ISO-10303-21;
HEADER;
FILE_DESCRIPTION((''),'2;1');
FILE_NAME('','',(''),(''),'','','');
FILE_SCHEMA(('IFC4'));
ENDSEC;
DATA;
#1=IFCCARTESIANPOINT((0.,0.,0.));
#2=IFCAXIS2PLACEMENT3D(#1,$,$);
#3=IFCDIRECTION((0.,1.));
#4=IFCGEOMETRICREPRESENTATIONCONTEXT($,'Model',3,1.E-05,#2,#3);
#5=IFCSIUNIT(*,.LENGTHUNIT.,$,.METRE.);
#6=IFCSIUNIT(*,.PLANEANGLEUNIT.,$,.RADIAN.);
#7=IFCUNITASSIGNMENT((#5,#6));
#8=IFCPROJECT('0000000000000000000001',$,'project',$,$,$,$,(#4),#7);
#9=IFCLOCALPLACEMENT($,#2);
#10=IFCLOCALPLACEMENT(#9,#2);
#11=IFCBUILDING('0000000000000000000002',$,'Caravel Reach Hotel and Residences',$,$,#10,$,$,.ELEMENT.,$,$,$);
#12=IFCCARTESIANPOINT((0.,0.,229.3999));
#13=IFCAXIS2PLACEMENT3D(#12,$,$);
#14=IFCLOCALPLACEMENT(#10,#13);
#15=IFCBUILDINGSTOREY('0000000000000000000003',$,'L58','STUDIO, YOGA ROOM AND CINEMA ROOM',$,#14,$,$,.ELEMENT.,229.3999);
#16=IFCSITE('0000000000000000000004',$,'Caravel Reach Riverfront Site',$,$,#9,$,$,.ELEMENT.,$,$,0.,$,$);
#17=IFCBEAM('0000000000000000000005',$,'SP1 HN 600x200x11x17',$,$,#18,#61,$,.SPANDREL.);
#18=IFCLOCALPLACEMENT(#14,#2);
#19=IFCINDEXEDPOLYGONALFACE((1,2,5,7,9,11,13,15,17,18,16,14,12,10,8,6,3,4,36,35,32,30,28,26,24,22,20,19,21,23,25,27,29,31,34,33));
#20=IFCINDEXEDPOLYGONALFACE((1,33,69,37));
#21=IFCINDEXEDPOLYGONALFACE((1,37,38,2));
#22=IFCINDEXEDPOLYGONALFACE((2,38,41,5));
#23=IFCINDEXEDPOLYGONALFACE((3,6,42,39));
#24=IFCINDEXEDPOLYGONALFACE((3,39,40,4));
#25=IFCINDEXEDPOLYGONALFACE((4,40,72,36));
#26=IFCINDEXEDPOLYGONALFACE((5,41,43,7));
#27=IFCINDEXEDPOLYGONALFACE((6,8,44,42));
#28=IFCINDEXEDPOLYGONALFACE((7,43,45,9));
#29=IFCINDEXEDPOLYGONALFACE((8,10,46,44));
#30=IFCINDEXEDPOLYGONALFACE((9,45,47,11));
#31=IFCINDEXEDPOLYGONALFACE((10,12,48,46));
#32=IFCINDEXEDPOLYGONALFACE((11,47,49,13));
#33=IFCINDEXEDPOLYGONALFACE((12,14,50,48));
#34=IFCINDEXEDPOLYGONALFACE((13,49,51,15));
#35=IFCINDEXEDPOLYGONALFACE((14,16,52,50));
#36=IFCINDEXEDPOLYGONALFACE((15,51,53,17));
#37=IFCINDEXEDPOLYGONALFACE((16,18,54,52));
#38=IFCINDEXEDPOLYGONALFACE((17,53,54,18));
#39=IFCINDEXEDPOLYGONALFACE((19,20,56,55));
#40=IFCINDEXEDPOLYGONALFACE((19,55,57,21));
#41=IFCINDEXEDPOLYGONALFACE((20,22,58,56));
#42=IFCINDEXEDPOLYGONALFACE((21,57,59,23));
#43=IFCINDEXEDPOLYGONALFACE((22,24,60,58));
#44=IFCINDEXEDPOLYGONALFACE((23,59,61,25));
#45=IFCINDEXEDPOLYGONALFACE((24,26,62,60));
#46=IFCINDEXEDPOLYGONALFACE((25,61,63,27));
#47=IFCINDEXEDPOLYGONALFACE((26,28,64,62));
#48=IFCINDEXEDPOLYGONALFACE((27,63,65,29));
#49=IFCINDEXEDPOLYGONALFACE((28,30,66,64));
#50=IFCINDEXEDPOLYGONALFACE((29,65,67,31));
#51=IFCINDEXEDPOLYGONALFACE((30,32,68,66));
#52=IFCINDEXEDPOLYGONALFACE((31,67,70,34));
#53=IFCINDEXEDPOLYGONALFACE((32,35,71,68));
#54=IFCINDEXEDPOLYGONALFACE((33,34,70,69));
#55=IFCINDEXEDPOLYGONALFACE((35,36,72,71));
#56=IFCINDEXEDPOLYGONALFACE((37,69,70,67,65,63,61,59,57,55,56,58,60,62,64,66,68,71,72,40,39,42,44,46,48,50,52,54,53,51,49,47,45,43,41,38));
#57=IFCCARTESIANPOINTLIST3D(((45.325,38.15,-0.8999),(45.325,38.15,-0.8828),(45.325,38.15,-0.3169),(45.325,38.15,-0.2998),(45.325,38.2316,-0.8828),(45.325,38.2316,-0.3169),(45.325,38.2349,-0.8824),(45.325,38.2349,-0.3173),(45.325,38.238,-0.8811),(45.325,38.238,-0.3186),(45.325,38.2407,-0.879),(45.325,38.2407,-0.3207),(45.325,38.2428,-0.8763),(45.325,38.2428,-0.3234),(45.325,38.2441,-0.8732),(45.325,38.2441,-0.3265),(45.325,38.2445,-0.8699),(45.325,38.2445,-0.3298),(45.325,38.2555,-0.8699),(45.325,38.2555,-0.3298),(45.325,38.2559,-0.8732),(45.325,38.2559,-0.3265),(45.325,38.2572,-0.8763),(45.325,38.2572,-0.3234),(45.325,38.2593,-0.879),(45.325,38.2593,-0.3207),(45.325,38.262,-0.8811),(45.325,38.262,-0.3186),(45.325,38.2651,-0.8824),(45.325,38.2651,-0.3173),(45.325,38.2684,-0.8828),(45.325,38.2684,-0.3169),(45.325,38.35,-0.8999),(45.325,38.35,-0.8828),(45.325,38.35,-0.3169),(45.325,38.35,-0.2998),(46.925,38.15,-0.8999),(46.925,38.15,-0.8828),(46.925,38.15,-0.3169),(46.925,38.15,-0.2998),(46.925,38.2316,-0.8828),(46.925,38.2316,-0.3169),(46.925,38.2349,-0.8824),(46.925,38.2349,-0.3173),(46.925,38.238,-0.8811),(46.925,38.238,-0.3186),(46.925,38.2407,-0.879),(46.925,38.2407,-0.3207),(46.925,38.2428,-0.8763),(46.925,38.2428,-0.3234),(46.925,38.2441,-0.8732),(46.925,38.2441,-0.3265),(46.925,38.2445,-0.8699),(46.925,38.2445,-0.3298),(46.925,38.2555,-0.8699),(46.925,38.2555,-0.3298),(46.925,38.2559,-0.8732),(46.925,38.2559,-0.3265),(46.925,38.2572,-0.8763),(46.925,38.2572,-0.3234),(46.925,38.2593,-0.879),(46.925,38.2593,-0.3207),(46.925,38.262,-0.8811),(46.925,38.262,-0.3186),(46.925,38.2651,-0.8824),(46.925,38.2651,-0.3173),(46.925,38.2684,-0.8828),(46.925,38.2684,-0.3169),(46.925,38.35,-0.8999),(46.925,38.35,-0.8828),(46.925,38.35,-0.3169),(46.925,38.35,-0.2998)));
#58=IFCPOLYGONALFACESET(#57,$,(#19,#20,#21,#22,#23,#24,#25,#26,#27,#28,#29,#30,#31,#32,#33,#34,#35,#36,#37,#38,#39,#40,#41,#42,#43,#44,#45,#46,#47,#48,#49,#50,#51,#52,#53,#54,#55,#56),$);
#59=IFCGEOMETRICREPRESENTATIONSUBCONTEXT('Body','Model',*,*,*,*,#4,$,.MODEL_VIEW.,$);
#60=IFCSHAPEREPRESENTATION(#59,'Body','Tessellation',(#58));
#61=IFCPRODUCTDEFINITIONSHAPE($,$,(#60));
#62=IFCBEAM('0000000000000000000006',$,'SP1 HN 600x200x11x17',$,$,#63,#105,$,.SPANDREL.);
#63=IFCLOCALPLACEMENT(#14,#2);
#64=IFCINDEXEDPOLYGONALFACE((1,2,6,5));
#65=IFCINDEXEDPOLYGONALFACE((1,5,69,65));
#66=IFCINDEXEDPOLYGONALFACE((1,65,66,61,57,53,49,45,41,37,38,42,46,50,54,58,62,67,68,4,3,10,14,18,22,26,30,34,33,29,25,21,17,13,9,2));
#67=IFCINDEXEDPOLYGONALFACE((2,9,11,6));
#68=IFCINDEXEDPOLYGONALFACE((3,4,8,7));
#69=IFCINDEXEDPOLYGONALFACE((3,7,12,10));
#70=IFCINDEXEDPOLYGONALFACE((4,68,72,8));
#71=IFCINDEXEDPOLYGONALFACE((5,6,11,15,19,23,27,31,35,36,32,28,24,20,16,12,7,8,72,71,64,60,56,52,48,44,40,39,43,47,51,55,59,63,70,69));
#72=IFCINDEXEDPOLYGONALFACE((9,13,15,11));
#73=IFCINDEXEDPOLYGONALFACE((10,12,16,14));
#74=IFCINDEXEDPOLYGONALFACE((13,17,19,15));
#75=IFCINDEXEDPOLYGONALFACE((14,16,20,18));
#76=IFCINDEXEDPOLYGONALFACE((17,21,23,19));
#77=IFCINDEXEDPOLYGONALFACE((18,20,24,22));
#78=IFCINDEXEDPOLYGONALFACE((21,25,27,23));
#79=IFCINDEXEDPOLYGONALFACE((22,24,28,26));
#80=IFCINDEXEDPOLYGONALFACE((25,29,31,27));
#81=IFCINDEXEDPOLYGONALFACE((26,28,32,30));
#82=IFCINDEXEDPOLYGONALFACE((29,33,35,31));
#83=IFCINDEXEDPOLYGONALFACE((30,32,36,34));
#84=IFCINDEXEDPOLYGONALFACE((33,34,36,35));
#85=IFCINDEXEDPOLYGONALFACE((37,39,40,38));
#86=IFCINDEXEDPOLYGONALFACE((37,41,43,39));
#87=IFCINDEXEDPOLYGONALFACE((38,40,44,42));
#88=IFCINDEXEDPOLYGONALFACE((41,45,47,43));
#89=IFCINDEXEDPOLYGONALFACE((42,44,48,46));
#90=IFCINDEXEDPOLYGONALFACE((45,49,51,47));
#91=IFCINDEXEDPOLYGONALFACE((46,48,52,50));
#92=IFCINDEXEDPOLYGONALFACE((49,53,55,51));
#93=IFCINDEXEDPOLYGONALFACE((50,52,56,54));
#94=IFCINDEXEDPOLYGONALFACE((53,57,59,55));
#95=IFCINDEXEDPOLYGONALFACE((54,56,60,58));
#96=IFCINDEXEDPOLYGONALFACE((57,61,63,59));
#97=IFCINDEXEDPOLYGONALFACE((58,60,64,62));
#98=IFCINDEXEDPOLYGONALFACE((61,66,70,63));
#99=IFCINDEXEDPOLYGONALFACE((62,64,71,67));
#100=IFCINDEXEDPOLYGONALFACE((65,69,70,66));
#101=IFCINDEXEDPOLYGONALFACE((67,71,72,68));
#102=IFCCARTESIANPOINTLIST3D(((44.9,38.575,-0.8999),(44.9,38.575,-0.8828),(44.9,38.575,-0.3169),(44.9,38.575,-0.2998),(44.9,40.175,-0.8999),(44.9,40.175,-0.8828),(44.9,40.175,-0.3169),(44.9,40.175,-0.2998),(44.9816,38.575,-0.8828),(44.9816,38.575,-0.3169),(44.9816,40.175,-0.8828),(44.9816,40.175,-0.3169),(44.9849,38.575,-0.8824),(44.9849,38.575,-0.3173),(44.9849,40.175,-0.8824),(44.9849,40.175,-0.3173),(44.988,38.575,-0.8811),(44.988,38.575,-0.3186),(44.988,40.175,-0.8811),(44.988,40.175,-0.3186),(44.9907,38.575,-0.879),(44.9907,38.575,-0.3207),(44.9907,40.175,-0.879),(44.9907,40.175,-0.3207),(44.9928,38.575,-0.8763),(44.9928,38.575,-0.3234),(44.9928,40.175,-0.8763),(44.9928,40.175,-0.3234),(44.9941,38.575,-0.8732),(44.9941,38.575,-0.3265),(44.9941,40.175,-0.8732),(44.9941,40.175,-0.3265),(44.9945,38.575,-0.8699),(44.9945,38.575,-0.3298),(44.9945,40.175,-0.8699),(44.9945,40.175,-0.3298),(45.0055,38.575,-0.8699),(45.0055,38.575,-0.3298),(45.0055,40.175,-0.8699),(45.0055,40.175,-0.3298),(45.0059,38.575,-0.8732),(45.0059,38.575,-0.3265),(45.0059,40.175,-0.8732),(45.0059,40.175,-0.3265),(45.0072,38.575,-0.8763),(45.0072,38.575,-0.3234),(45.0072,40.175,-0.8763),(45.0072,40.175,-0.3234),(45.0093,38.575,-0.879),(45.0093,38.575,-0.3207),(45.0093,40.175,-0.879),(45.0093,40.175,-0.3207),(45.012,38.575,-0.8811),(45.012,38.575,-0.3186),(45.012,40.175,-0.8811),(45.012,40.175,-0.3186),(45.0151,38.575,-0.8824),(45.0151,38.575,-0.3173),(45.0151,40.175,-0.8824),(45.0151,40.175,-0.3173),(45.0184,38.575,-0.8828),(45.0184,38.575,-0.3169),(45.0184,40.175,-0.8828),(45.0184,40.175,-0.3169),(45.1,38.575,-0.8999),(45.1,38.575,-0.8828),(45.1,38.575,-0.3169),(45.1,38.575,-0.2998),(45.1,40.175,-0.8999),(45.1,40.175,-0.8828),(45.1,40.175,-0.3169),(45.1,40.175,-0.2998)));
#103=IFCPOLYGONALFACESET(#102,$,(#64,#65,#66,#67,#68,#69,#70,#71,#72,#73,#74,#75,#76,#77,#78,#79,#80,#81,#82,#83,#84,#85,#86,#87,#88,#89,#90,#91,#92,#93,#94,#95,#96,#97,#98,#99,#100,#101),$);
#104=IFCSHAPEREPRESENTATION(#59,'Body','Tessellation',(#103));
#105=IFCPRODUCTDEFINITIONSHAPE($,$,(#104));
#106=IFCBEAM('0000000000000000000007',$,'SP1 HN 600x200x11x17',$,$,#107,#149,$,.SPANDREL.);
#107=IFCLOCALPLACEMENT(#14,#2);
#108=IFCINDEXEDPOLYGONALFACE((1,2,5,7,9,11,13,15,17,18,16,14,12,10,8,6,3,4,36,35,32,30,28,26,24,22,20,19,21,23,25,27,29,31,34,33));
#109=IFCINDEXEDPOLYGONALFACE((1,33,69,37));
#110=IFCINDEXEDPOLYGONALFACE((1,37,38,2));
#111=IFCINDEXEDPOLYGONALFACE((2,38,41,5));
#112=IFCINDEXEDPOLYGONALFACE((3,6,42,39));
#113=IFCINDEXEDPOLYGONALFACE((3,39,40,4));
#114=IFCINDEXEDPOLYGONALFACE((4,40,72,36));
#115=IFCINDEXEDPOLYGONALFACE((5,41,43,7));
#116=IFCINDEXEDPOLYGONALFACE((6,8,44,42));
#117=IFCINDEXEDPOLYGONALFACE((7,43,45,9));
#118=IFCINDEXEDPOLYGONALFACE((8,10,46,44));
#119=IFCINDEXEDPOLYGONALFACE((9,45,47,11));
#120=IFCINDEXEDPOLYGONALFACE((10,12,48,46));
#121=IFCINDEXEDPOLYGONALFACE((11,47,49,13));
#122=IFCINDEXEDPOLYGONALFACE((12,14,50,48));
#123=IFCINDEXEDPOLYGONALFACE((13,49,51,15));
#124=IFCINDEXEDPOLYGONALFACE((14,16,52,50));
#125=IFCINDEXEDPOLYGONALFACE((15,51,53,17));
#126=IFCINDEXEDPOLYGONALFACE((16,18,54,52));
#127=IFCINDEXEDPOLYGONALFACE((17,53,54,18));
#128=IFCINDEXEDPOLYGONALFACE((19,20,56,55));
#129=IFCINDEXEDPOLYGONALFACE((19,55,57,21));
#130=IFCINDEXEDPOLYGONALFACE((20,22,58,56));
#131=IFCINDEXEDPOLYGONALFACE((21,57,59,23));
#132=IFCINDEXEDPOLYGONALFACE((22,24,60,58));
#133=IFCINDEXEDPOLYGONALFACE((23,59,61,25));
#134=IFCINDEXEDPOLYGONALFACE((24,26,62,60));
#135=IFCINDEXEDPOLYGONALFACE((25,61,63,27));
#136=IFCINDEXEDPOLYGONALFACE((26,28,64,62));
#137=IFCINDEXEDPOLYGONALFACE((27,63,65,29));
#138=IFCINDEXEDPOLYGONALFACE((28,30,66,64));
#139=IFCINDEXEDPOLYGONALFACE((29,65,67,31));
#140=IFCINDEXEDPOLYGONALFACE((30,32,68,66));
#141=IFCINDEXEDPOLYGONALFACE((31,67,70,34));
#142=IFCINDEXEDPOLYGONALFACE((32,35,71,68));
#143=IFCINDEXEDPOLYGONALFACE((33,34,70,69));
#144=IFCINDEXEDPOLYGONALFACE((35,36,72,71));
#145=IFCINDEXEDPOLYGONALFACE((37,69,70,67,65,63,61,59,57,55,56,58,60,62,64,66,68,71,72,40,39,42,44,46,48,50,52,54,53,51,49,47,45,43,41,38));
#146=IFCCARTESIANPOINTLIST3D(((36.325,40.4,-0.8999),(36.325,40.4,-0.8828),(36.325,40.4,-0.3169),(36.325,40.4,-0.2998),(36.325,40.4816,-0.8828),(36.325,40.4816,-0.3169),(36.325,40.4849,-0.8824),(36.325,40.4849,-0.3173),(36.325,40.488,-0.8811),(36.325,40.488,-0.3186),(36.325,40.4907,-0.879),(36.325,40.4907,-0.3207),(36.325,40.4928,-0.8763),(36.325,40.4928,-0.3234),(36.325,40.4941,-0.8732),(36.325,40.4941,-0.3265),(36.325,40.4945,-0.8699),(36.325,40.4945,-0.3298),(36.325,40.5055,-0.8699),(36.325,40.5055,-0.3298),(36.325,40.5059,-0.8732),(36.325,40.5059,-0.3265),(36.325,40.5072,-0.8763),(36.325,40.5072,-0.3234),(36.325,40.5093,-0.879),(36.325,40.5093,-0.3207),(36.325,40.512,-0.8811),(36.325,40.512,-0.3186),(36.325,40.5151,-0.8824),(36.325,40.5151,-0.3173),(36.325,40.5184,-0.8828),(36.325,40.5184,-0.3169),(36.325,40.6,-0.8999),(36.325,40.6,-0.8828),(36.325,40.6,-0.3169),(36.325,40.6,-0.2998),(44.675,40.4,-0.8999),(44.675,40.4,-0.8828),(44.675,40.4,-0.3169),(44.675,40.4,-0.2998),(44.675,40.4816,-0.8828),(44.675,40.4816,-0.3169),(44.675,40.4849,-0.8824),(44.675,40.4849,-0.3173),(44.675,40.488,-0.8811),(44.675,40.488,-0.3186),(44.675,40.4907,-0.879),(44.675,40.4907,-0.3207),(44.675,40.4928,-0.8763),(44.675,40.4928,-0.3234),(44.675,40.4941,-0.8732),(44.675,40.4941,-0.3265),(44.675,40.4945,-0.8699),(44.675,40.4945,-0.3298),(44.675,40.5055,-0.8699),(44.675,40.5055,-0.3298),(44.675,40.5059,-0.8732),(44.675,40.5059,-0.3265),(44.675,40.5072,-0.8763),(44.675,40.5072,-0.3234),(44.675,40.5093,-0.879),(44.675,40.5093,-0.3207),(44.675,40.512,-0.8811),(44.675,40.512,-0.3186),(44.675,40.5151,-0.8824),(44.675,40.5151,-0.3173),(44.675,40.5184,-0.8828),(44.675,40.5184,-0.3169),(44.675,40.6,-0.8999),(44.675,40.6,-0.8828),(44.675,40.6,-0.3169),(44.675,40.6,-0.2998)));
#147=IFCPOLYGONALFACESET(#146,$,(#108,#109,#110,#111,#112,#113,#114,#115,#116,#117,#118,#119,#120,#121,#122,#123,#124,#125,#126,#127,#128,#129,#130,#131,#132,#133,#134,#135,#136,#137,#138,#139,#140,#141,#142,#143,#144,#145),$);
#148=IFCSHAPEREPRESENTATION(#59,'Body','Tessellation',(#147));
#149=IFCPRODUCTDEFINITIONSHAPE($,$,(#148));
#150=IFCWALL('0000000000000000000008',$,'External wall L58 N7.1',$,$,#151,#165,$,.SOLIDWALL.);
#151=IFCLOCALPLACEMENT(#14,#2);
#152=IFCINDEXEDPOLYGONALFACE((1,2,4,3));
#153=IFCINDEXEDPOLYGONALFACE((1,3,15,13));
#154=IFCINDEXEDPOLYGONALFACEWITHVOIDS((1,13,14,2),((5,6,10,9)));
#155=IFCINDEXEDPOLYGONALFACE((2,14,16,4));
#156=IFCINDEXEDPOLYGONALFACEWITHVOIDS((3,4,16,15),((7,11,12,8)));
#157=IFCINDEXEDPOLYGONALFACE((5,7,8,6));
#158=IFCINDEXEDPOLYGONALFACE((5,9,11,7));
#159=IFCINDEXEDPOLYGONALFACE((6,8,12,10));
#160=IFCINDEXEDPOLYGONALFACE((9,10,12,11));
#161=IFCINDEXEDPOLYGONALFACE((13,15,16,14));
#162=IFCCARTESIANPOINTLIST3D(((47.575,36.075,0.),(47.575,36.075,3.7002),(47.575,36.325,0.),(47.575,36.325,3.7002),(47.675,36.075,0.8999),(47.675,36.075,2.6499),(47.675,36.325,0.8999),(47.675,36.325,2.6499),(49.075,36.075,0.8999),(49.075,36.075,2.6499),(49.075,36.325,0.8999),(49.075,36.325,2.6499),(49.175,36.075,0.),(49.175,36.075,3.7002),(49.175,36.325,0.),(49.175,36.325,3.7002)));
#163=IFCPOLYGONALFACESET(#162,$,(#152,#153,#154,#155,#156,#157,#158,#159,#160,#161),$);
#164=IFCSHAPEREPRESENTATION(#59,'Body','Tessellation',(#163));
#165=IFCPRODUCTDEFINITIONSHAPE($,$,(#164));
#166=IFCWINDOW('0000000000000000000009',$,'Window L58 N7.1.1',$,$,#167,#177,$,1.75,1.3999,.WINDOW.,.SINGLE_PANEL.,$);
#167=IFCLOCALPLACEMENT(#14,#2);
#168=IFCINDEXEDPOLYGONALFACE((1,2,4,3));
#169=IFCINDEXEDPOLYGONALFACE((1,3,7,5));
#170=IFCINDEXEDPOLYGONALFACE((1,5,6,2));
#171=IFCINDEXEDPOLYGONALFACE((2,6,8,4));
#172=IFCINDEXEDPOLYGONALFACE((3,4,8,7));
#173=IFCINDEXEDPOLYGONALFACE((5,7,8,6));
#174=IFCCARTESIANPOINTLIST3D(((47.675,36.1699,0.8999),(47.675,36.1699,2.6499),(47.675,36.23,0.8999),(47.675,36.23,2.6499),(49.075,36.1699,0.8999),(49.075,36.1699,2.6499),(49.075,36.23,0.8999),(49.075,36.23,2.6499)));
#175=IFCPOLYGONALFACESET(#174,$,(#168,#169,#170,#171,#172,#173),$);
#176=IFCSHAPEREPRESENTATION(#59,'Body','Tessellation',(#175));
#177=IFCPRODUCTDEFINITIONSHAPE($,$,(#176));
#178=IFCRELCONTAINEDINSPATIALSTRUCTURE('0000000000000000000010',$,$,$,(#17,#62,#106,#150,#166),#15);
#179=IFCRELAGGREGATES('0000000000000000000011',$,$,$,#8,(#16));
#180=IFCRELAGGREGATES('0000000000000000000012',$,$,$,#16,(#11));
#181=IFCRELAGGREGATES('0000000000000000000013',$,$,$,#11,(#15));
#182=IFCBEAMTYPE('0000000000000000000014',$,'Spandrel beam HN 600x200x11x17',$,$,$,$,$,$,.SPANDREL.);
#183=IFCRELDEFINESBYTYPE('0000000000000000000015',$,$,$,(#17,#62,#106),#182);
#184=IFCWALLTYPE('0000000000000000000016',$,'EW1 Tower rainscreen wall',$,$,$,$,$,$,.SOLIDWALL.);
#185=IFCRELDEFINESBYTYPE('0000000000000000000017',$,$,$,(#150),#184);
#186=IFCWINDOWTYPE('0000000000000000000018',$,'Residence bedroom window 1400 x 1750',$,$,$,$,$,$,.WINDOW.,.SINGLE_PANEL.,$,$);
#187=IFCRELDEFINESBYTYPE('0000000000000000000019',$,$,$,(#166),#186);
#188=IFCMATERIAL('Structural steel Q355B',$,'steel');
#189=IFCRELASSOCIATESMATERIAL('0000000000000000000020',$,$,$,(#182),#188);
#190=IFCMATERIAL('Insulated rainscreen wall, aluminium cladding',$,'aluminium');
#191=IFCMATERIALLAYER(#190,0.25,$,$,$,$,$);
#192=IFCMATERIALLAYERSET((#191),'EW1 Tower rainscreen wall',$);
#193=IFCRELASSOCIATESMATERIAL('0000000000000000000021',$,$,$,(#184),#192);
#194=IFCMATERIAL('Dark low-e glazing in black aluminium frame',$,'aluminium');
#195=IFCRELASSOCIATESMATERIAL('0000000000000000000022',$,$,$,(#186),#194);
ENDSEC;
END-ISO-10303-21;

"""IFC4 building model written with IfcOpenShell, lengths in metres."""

from ifc_helpers import new_model, si_unit, direction, frame, frame_2d, origin, origin_2d, place, context, subcontext, project, spatial, rectangle, i_section, extrude, material, layer, layer_set, material_profile, profile_set, type_object, element, fill, save


model = new_model("IFC4")

# Units and contexts
model_context = context("Model", 3, precision=1e-05, world=origin(), true_north=direction((0.0, 1.0)))
body_context = subcontext(model_context, "Body", "Model", "MODEL_VIEW")
ifc_project = project(units=[si_unit("LENGTHUNIT", "METRE"), si_unit("PLANEANGLEUNIT", "RADIAN")], contexts=[model_context])

# Site, building, storey
site_placement = place(None, origin())
site = spatial("IfcSite", under=ifc_project, at=site_placement, Name="Caravel Reach Riverfront Site", CompositionType="ELEMENT", RefElevation=0.0)
building_placement = place(site_placement, origin())
building = spatial("IfcBuilding", under=site, at=building_placement, Name="Caravel Reach Hotel and Residences", CompositionType="ELEMENT")
storey_placement = place(building_placement, frame((0.0, 0.0, 229.3999)))
storey = spatial("IfcBuildingStorey", under=building, at=storey_placement, Name="L58", Description="STUDIO, YOGA ROOM AND CINEMA ROOM", CompositionType="ELEMENT", Elevation=229.3999)

# Beams
ifc_material_1 = material(Name="Structural steel Q355B", Category="steel")
ifc_material_profile_1 = material_profile(ifc_material_1, i_section(OverallWidth=0.2, OverallDepth=0.6001, WebThickness=0.011, FlangeThickness=0.0171, FilletRadius=0.0129, at=origin_2d()), Name="HN 600x200x11x17")
ifc_profile_set_1 = profile_set([ifc_material_profile_1], Name="Structural steel Q355B")
beam_type = type_object("IfcBeamType", Name="Spandrel beam HN 600x200x11x17", PredefinedType="SPANDREL", material=ifc_profile_set_1)
for number, where, z_axis, x_axis, name in (
    (1, (46.925, 38.25, -0.5999), (-1.0, 0.0, 0.0), (0.0, -1.0, 0.0), "SP1 HN 600x200x11x17"),
    (2, (45.0, 38.575, -0.5999), (0.0, 1.0, 0.0), (-1.0, 0.0, 0.0), "SP1 HN 600x200x11x17"),
):
    element("IfcBeam", number, at=place(storey_placement, frame(where, z_axis=z_axis, x_axis=x_axis)), inside=storey, type_object=beam_type, Name=name, PredefinedType="SPANDREL", context=body_context, shape_type="SweptSolid", body=[
        extrude(i_section(OverallWidth=0.2, OverallDepth=0.6001, WebThickness=0.011, FlangeThickness=0.0171, FilletRadius=0.0129, at=origin_2d()), origin(), (0.0, 0.0, 1.0), 1.6001),
    ])
beam_placement = place(storey_placement, frame((44.675, 40.5, -0.5999), z_axis=(-1.0, 0.0, 0.0), x_axis=(0.0, -1.0, 0.0)))
element("IfcBeam", 3, at=beam_placement, inside=storey, type_object=beam_type, Name="SP1 HN 600x200x11x17", PredefinedType="SPANDREL", context=body_context, shape_type="SweptSolid", body=[
    extrude(i_section(OverallWidth=0.2, OverallDepth=0.6001, WebThickness=0.011, FlangeThickness=0.0171, FilletRadius=0.0129, at=origin_2d()), origin(), (0.0, 0.0, 1.0), 8.3501),
])

# Wall, opening, window
ifc_material_2 = material(Name="Insulated rainscreen wall, aluminium cladding", Category="aluminium")
ifc_layer_1 = layer(ifc_material_2, 0.25)
ifc_layer_set_1 = layer_set([ifc_layer_1], Name="EW1 Tower rainscreen wall")
wall_type_1 = type_object("IfcWallType", Name="EW1 Tower rainscreen wall", PredefinedType="SOLIDWALL", material=ifc_layer_set_1)
wall_1_placement = place(storey_placement, frame((49.175, 36.2, 0.0), z_axis=(0.0, 0.0, 1.0), x_axis=(-1.0, 0.0, 0.0)))
wall_1 = element("IfcWall", 4, at=wall_1_placement, inside=storey, type_object=wall_type_1, Name="External wall L58 N7.1", PredefinedType="SOLIDWALL", context=body_context, shape_type="SweptSolid", body=[
    extrude(rectangle(XDim=1.6001, YDim=0.25, at=frame_2d((0.8, 0.0))), origin(), (0.0, 0.0, 1.0), 3.7002),
])
opening_1_placement = place(wall_1_placement, frame((0.1001, 0.0, 0.8999)))
opening_1 = element("IfcOpeningElement", 5, at=opening_1_placement, cuts=wall_1, PredefinedType="OPENING", context=body_context, shape_type="SweptSolid", body=[
    extrude(rectangle(XDim=1.3999, YDim=1.75, at=frame_2d((0.7, 0.875))), frame((0.0, 0.135, 0.0), z_axis=(0.0, -1.0, 0.0), x_axis=(1.0, 0.0, 0.0)), (0.0, 0.0, 1.0), 0.27),
])
ifc_material_3 = material(Name="Dark low-e glazing in black aluminium frame", Category="aluminium")
window_type_1 = type_object("IfcWindowType", Name="Residence bedroom window 1400 x 1750", PartitioningType="SINGLE_PANEL", PredefinedType="WINDOW", material=ifc_material_3)
window_1_placement = place(opening_1_placement, origin())
window_1 = element("IfcWindow", 6, at=window_1_placement, inside=storey, type_object=window_type_1, Name="Window L58 N7.1.1", OverallHeight=1.75, OverallWidth=1.3999, PartitioningType="SINGLE_PANEL", PredefinedType="WINDOW", context=body_context, shape_type="SweptSolid", body=[
    extrude(rectangle(XDim=1.3999, YDim=1.75, at=frame_2d((0.7, 0.875))), frame((0.0, 0.03, 0.0), z_axis=(0.0, -1.0, 0.0), x_axis=(1.0, 0.0, 0.0)), (0.0, 0.0, 1.0), 0.0601),
])
fill(opening_1, window_1)

save(model, "model.ifc")
